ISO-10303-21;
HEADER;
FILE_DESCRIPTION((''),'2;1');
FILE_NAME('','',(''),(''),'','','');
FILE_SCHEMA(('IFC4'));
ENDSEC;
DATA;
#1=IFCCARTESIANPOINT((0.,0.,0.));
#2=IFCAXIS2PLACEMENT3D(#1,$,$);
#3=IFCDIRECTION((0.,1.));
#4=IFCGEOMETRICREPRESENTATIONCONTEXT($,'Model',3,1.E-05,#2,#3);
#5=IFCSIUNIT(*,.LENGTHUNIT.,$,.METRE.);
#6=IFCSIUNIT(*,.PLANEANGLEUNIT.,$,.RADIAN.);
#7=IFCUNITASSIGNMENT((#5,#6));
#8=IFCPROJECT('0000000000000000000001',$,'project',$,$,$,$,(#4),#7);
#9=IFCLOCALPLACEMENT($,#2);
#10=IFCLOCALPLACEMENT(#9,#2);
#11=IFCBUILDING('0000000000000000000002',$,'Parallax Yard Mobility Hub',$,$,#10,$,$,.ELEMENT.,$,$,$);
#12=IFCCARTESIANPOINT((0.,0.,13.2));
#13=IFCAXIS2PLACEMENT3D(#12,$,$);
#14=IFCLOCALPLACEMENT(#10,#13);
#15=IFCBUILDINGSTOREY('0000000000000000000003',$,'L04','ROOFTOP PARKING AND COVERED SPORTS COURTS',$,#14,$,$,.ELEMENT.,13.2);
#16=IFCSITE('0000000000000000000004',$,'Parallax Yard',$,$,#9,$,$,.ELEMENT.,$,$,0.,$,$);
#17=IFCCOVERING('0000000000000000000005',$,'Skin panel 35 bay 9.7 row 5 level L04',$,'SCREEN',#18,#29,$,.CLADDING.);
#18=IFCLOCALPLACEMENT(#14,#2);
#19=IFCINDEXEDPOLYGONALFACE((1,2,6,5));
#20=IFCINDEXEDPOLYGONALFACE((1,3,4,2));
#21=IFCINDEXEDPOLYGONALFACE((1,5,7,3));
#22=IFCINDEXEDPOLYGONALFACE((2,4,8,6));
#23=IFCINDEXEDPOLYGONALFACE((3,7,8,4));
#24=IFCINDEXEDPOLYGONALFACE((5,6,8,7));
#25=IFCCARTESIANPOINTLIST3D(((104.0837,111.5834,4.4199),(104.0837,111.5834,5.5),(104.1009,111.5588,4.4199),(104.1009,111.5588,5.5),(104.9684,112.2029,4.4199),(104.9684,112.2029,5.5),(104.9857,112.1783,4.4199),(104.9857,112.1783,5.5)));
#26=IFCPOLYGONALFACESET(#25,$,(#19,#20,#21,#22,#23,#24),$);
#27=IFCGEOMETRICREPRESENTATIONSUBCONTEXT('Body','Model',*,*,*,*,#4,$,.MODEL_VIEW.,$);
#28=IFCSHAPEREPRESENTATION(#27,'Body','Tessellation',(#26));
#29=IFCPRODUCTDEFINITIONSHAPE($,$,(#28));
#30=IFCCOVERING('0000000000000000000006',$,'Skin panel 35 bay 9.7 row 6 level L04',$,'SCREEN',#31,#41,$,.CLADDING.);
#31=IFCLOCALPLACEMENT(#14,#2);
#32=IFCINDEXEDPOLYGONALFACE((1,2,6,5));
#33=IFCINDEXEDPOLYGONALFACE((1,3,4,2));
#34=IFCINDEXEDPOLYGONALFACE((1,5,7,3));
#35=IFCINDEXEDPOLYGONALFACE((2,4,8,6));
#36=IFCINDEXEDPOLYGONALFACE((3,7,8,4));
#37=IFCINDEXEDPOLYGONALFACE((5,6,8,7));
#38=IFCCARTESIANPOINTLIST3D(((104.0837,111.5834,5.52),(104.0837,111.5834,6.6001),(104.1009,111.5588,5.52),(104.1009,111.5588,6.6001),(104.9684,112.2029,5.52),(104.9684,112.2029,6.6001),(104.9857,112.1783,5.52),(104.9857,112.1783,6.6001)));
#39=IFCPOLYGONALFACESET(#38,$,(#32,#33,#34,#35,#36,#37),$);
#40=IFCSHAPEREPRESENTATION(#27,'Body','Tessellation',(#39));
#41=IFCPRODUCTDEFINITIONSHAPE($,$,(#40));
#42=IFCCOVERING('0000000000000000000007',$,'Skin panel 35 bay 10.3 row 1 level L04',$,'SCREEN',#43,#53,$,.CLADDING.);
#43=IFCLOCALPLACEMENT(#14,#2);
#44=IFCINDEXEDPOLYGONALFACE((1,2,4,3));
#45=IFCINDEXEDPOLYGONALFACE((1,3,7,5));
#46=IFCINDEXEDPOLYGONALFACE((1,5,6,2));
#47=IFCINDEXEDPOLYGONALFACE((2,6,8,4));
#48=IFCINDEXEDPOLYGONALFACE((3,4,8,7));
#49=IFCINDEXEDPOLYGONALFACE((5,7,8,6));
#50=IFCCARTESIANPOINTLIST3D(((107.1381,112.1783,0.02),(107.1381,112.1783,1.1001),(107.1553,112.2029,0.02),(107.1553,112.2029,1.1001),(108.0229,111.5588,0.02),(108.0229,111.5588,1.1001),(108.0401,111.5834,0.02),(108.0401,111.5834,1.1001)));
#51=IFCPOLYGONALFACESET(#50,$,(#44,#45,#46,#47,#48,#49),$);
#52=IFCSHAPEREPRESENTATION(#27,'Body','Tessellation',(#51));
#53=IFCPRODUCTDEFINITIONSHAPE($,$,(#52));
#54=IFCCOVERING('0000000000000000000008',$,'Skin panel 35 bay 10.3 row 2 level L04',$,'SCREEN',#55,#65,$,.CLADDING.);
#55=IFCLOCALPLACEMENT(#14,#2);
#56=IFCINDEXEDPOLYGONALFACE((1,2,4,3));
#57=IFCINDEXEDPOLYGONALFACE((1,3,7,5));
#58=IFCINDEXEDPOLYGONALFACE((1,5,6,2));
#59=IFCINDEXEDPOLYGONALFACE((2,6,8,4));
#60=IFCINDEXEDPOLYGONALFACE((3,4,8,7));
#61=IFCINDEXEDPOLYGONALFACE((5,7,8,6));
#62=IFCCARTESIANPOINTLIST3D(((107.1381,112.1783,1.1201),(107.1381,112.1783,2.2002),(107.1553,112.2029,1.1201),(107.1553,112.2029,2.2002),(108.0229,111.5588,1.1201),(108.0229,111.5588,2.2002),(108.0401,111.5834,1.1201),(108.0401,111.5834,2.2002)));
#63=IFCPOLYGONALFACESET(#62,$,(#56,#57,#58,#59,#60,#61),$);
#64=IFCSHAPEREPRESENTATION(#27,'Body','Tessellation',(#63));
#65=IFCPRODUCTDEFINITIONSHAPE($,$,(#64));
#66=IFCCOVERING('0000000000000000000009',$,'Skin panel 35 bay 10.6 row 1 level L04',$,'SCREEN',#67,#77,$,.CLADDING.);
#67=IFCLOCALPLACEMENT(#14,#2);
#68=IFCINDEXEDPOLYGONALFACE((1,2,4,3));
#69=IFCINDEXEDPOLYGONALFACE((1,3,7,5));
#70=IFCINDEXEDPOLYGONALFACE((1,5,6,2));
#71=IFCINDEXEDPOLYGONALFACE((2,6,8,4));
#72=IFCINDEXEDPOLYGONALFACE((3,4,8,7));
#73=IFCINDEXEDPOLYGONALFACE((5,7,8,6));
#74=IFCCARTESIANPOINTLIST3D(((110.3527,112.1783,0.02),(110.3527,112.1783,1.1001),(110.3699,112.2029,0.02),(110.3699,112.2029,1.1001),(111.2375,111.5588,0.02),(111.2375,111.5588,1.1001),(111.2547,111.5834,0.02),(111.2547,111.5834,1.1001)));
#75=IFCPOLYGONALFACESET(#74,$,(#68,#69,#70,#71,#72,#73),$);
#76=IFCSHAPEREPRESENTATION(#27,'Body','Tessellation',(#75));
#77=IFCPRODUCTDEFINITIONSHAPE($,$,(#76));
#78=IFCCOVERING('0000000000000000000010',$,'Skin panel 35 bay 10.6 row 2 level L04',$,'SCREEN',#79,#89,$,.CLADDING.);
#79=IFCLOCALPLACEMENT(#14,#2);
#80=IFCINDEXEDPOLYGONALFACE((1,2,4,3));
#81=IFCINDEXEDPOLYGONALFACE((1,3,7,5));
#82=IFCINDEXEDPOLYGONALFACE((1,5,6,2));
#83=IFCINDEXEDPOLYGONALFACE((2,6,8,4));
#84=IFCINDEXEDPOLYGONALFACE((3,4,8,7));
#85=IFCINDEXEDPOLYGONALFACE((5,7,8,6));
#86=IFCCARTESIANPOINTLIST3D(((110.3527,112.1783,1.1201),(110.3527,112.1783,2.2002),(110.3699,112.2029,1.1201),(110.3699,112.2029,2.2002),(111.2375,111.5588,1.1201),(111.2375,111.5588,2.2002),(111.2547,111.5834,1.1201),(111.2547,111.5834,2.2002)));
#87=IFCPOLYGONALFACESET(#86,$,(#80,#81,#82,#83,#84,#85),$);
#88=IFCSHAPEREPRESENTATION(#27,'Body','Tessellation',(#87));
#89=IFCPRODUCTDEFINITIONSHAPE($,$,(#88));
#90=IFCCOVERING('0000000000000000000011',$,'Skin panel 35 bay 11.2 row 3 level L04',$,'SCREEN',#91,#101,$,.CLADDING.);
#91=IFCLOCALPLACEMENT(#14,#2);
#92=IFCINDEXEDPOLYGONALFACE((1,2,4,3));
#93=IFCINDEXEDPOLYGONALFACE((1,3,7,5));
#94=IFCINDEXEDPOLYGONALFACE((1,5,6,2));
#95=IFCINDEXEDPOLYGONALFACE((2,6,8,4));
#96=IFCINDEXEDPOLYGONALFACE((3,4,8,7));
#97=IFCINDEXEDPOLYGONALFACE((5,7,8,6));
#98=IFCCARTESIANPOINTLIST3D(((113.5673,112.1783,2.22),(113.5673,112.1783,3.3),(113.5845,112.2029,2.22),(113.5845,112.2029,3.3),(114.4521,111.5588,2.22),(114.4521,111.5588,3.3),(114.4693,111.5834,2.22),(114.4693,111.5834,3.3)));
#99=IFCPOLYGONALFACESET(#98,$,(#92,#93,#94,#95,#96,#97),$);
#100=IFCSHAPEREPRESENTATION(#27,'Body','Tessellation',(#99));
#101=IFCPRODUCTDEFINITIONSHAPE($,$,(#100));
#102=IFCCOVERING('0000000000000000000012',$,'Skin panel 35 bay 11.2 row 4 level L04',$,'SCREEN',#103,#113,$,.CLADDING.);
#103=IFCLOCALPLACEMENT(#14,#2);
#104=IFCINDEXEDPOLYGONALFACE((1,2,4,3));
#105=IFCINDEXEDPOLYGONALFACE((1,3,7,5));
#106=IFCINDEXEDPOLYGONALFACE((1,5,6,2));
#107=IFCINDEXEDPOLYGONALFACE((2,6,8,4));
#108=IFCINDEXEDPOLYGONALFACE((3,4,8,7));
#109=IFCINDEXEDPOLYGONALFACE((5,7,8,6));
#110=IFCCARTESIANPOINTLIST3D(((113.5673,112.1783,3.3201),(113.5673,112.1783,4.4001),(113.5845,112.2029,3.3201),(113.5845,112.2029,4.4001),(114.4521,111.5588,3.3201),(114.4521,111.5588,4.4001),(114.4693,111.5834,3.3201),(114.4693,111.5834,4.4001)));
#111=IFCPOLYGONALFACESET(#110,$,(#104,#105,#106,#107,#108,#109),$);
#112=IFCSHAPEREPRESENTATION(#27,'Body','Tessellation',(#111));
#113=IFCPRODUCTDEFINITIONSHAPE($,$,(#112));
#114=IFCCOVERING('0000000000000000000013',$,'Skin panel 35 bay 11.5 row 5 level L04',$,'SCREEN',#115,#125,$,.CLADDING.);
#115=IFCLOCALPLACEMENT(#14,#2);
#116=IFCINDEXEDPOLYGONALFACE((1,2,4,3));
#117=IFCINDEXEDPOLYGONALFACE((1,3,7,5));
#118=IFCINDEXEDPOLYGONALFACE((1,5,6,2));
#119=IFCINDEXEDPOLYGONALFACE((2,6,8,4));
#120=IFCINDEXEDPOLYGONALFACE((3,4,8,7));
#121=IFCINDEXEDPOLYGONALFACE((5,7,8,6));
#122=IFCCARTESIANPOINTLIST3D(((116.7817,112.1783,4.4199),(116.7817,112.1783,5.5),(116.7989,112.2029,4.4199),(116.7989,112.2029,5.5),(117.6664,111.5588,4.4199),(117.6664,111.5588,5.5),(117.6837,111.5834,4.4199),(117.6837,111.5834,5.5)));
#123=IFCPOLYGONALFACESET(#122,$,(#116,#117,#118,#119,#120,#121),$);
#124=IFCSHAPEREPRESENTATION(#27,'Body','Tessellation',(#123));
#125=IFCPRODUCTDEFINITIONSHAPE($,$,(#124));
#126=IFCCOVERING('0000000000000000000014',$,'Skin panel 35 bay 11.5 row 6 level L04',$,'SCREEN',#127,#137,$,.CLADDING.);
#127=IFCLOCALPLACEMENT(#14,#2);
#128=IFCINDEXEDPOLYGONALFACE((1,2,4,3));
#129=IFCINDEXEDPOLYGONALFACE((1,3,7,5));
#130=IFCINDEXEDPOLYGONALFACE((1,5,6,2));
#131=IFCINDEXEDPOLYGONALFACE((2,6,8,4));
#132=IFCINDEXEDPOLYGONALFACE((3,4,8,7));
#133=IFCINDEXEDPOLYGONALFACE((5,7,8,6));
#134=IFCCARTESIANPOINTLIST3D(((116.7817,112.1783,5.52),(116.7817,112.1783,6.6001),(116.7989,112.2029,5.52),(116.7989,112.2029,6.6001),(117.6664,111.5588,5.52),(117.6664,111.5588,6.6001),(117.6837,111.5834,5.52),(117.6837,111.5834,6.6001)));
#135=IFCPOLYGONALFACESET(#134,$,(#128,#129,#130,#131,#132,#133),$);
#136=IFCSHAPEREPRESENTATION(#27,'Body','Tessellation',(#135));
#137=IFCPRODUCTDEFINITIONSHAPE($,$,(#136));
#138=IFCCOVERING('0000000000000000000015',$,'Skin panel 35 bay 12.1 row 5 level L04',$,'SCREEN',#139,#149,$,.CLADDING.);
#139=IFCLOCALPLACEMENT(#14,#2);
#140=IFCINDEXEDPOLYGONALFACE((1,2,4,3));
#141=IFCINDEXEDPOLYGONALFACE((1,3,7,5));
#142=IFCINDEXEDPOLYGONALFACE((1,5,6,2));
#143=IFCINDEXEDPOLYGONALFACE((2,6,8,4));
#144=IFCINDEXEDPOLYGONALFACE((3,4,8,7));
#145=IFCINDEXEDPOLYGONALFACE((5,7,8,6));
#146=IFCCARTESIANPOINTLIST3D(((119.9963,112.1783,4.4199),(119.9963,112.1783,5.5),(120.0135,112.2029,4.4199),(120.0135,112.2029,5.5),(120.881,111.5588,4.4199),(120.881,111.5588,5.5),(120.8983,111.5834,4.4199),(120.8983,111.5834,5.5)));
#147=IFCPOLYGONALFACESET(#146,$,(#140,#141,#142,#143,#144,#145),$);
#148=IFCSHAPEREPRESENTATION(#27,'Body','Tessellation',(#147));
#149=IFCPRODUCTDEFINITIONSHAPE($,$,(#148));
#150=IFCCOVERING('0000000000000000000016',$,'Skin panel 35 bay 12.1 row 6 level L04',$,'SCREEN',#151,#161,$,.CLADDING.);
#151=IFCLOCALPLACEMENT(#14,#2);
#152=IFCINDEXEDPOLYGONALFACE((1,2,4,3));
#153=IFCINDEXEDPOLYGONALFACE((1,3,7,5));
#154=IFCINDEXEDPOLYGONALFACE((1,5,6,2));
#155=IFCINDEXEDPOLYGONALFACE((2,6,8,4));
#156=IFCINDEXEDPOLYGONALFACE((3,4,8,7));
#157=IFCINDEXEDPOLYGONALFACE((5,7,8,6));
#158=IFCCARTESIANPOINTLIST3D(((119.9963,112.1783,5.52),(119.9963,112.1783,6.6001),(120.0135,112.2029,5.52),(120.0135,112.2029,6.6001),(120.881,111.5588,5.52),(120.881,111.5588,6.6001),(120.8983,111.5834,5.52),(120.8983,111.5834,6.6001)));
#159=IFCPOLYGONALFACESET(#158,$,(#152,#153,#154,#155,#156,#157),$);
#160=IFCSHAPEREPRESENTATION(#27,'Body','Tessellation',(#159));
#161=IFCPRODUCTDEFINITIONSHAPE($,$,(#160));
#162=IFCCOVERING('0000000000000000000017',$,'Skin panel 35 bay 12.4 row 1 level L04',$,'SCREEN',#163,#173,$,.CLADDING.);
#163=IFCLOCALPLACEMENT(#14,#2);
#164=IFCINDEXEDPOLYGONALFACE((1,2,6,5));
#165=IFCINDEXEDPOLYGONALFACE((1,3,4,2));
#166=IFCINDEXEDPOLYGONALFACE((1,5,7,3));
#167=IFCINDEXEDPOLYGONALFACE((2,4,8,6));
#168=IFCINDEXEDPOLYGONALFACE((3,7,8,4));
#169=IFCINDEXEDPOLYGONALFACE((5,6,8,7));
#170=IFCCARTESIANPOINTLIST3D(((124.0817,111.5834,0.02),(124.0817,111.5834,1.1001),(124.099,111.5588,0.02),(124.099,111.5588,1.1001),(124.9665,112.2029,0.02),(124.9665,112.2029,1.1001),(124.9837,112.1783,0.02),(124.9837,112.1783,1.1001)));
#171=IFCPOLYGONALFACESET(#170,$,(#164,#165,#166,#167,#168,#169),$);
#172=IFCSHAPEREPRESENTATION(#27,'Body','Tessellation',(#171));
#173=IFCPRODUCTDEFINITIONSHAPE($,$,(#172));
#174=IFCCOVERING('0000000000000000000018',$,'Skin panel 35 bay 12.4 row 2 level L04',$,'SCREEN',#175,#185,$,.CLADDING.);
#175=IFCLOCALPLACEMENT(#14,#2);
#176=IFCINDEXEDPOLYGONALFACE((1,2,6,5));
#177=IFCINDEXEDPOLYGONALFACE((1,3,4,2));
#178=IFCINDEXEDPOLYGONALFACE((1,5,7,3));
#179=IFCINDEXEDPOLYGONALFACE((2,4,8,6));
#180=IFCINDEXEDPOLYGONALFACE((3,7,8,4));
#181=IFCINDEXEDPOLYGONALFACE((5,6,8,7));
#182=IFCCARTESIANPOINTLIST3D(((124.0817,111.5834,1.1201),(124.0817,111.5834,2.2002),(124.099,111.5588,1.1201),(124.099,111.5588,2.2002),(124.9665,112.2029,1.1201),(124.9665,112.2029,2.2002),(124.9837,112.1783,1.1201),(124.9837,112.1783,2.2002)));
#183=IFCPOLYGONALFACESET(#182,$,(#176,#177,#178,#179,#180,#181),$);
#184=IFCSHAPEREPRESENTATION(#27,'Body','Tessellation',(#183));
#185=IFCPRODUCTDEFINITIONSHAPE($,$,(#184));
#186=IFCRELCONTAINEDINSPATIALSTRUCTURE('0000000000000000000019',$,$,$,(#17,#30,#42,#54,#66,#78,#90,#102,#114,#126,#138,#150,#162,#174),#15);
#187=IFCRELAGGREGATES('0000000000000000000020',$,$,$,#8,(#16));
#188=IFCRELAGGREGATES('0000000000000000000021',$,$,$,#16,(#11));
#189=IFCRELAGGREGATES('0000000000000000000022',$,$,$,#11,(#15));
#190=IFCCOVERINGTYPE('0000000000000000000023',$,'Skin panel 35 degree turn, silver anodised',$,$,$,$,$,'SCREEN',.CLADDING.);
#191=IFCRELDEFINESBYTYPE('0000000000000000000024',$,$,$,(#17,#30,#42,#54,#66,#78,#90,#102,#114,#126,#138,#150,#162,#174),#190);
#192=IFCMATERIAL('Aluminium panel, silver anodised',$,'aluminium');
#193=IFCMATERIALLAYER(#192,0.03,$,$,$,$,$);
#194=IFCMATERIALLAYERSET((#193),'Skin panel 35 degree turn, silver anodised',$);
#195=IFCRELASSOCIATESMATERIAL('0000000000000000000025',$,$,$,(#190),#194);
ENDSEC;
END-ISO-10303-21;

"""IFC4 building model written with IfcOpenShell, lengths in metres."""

from ifc_helpers import new_model, si_unit, direction, frame, origin, origin_2d, place, context, subcontext, project, spatial, rectangle, extrude, material, layer, layer_set, type_object, element, save


model = new_model("IFC4")

# Units and contexts
model_context = context("Model", 3, precision=1e-05, world=origin(), true_north=direction((0.0, 1.0)))
body_context = subcontext(model_context, "Body", "Model", "MODEL_VIEW")
ifc_project = project(units=[si_unit("LENGTHUNIT", "METRE"), si_unit("PLANEANGLEUNIT", "RADIAN")], contexts=[model_context])

# Site, building, storey
site_placement = place(None, origin())
site = spatial("IfcSite", under=ifc_project, at=site_placement, Name="Parallax Yard", CompositionType="ELEMENT", RefElevation=0.0)
building_placement = place(site_placement, origin())
building = spatial("IfcBuilding", under=site, at=building_placement, Name="Parallax Yard Mobility Hub", CompositionType="ELEMENT")
storey_placement = place(building_placement, frame((0.0, 0.0, 13.2)))
storey = spatial("IfcBuildingStorey", under=building, at=storey_placement, Name="L04", Description="ROOFTOP PARKING AND COVERED SPORTS COURTS", CompositionType="ELEMENT", Elevation=13.2)

# Coverings
ifc_material = material(Name="Aluminium panel, silver anodised", Category="aluminium")
ifc_layer_1 = layer(ifc_material, 0.03)
ifc_layer_set_1 = layer_set([ifc_layer_1], Name="Skin panel 35 degree turn, silver anodised")
covering_type_1 = type_object("IfcCoveringType", Name="Skin panel 35 degree turn, silver anodised", ElementType="SCREEN", PredefinedType="CLADDING", material=ifc_layer_set_1)
for number, where, z_axis, x_axis, name in (
    (1, (104.5347, 111.8809, 4.4199), (0.0, 0.0, 1.0), (-0.819152, -0.573576, 0.0), "Skin panel 35 bay 9.7 row 5 level L04"),
    (2, (104.5347, 111.8809, 5.52), (0.0, 0.0, 1.0), (-0.819152, -0.573576, 0.0), "Skin panel 35 bay 9.7 row 6 level L04"),
    (3, (107.5891, 111.8809, 0.02), (0.0, 0.0, 1.0), (0.819152, -0.573576, 0.0), "Skin panel 35 bay 10.3 row 1 level L04"),
    (4, (107.5891, 111.8809, 1.1201), (0.0, 0.0, 1.0), (0.819152, -0.573576, 0.0), "Skin panel 35 bay 10.3 row 2 level L04"),
    (5, (110.8037, 111.8809, 0.02), (0.0, 0.0, 1.0), (0.819152, -0.573576, 0.0), "Skin panel 35 bay 10.6 row 1 level L04"),
    (6, (110.8037, 111.8809, 1.1201), (0.0, 0.0, 1.0), (0.819152, -0.573576, 0.0), "Skin panel 35 bay 10.6 row 2 level L04"),
    (7, (114.0183, 111.8809, 2.22), (0.0, 0.0, 1.0), (0.819152, -0.573576, 0.0), "Skin panel 35 bay 11.2 row 3 level L04"),
    (8, (114.0183, 111.8809, 3.3201), (0.0, 0.0, 1.0), (0.819152, -0.573576, 0.0), "Skin panel 35 bay 11.2 row 4 level L04"),
    (9, (117.2327, 111.8809, 4.4199), (0.0, 0.0, 1.0), (0.819152, -0.573576, 0.0), "Skin panel 35 bay 11.5 row 5 level L04"),
    (10, (117.2327, 111.8809, 5.52), (0.0, 0.0, 1.0), (0.819152, -0.573576, 0.0), "Skin panel 35 bay 11.5 row 6 level L04"),
    (11, (120.4473, 111.8809, 4.4199), (0.0, 0.0, 1.0), (0.819152, -0.573576, 0.0), "Skin panel 35 bay 12.1 row 5 level L04"),
    (12, (120.4473, 111.8809, 5.52), (0.0, 0.0, 1.0), (0.819152, -0.573576, 0.0), "Skin panel 35 bay 12.1 row 6 level L04"),
    (13, (124.5327, 111.8809, 0.02), (0.0, 0.0, 1.0), (-0.819152, -0.573576, 0.0), "Skin panel 35 bay 12.4 row 1 level L04"),
    (14, (124.5327, 111.8809, 1.1201), (0.0, 0.0, 1.0), (-0.819152, -0.573576, 0.0), "Skin panel 35 bay 12.4 row 2 level L04"),
):
    element("IfcCovering", number, at=place(storey_placement, frame(where, z_axis=z_axis, x_axis=x_axis)), inside=storey, type_object=covering_type_1, Name=name, ObjectType="SCREEN", PredefinedType="CLADDING", context=body_context, shape_type="SweptSolid", body=[
        extrude(rectangle(XDim=1.0801, YDim=0.03, at=origin_2d()), origin(), (0.0, 0.0, 1.0), 1.0801),
    ])

save(model, "model.ifc")
